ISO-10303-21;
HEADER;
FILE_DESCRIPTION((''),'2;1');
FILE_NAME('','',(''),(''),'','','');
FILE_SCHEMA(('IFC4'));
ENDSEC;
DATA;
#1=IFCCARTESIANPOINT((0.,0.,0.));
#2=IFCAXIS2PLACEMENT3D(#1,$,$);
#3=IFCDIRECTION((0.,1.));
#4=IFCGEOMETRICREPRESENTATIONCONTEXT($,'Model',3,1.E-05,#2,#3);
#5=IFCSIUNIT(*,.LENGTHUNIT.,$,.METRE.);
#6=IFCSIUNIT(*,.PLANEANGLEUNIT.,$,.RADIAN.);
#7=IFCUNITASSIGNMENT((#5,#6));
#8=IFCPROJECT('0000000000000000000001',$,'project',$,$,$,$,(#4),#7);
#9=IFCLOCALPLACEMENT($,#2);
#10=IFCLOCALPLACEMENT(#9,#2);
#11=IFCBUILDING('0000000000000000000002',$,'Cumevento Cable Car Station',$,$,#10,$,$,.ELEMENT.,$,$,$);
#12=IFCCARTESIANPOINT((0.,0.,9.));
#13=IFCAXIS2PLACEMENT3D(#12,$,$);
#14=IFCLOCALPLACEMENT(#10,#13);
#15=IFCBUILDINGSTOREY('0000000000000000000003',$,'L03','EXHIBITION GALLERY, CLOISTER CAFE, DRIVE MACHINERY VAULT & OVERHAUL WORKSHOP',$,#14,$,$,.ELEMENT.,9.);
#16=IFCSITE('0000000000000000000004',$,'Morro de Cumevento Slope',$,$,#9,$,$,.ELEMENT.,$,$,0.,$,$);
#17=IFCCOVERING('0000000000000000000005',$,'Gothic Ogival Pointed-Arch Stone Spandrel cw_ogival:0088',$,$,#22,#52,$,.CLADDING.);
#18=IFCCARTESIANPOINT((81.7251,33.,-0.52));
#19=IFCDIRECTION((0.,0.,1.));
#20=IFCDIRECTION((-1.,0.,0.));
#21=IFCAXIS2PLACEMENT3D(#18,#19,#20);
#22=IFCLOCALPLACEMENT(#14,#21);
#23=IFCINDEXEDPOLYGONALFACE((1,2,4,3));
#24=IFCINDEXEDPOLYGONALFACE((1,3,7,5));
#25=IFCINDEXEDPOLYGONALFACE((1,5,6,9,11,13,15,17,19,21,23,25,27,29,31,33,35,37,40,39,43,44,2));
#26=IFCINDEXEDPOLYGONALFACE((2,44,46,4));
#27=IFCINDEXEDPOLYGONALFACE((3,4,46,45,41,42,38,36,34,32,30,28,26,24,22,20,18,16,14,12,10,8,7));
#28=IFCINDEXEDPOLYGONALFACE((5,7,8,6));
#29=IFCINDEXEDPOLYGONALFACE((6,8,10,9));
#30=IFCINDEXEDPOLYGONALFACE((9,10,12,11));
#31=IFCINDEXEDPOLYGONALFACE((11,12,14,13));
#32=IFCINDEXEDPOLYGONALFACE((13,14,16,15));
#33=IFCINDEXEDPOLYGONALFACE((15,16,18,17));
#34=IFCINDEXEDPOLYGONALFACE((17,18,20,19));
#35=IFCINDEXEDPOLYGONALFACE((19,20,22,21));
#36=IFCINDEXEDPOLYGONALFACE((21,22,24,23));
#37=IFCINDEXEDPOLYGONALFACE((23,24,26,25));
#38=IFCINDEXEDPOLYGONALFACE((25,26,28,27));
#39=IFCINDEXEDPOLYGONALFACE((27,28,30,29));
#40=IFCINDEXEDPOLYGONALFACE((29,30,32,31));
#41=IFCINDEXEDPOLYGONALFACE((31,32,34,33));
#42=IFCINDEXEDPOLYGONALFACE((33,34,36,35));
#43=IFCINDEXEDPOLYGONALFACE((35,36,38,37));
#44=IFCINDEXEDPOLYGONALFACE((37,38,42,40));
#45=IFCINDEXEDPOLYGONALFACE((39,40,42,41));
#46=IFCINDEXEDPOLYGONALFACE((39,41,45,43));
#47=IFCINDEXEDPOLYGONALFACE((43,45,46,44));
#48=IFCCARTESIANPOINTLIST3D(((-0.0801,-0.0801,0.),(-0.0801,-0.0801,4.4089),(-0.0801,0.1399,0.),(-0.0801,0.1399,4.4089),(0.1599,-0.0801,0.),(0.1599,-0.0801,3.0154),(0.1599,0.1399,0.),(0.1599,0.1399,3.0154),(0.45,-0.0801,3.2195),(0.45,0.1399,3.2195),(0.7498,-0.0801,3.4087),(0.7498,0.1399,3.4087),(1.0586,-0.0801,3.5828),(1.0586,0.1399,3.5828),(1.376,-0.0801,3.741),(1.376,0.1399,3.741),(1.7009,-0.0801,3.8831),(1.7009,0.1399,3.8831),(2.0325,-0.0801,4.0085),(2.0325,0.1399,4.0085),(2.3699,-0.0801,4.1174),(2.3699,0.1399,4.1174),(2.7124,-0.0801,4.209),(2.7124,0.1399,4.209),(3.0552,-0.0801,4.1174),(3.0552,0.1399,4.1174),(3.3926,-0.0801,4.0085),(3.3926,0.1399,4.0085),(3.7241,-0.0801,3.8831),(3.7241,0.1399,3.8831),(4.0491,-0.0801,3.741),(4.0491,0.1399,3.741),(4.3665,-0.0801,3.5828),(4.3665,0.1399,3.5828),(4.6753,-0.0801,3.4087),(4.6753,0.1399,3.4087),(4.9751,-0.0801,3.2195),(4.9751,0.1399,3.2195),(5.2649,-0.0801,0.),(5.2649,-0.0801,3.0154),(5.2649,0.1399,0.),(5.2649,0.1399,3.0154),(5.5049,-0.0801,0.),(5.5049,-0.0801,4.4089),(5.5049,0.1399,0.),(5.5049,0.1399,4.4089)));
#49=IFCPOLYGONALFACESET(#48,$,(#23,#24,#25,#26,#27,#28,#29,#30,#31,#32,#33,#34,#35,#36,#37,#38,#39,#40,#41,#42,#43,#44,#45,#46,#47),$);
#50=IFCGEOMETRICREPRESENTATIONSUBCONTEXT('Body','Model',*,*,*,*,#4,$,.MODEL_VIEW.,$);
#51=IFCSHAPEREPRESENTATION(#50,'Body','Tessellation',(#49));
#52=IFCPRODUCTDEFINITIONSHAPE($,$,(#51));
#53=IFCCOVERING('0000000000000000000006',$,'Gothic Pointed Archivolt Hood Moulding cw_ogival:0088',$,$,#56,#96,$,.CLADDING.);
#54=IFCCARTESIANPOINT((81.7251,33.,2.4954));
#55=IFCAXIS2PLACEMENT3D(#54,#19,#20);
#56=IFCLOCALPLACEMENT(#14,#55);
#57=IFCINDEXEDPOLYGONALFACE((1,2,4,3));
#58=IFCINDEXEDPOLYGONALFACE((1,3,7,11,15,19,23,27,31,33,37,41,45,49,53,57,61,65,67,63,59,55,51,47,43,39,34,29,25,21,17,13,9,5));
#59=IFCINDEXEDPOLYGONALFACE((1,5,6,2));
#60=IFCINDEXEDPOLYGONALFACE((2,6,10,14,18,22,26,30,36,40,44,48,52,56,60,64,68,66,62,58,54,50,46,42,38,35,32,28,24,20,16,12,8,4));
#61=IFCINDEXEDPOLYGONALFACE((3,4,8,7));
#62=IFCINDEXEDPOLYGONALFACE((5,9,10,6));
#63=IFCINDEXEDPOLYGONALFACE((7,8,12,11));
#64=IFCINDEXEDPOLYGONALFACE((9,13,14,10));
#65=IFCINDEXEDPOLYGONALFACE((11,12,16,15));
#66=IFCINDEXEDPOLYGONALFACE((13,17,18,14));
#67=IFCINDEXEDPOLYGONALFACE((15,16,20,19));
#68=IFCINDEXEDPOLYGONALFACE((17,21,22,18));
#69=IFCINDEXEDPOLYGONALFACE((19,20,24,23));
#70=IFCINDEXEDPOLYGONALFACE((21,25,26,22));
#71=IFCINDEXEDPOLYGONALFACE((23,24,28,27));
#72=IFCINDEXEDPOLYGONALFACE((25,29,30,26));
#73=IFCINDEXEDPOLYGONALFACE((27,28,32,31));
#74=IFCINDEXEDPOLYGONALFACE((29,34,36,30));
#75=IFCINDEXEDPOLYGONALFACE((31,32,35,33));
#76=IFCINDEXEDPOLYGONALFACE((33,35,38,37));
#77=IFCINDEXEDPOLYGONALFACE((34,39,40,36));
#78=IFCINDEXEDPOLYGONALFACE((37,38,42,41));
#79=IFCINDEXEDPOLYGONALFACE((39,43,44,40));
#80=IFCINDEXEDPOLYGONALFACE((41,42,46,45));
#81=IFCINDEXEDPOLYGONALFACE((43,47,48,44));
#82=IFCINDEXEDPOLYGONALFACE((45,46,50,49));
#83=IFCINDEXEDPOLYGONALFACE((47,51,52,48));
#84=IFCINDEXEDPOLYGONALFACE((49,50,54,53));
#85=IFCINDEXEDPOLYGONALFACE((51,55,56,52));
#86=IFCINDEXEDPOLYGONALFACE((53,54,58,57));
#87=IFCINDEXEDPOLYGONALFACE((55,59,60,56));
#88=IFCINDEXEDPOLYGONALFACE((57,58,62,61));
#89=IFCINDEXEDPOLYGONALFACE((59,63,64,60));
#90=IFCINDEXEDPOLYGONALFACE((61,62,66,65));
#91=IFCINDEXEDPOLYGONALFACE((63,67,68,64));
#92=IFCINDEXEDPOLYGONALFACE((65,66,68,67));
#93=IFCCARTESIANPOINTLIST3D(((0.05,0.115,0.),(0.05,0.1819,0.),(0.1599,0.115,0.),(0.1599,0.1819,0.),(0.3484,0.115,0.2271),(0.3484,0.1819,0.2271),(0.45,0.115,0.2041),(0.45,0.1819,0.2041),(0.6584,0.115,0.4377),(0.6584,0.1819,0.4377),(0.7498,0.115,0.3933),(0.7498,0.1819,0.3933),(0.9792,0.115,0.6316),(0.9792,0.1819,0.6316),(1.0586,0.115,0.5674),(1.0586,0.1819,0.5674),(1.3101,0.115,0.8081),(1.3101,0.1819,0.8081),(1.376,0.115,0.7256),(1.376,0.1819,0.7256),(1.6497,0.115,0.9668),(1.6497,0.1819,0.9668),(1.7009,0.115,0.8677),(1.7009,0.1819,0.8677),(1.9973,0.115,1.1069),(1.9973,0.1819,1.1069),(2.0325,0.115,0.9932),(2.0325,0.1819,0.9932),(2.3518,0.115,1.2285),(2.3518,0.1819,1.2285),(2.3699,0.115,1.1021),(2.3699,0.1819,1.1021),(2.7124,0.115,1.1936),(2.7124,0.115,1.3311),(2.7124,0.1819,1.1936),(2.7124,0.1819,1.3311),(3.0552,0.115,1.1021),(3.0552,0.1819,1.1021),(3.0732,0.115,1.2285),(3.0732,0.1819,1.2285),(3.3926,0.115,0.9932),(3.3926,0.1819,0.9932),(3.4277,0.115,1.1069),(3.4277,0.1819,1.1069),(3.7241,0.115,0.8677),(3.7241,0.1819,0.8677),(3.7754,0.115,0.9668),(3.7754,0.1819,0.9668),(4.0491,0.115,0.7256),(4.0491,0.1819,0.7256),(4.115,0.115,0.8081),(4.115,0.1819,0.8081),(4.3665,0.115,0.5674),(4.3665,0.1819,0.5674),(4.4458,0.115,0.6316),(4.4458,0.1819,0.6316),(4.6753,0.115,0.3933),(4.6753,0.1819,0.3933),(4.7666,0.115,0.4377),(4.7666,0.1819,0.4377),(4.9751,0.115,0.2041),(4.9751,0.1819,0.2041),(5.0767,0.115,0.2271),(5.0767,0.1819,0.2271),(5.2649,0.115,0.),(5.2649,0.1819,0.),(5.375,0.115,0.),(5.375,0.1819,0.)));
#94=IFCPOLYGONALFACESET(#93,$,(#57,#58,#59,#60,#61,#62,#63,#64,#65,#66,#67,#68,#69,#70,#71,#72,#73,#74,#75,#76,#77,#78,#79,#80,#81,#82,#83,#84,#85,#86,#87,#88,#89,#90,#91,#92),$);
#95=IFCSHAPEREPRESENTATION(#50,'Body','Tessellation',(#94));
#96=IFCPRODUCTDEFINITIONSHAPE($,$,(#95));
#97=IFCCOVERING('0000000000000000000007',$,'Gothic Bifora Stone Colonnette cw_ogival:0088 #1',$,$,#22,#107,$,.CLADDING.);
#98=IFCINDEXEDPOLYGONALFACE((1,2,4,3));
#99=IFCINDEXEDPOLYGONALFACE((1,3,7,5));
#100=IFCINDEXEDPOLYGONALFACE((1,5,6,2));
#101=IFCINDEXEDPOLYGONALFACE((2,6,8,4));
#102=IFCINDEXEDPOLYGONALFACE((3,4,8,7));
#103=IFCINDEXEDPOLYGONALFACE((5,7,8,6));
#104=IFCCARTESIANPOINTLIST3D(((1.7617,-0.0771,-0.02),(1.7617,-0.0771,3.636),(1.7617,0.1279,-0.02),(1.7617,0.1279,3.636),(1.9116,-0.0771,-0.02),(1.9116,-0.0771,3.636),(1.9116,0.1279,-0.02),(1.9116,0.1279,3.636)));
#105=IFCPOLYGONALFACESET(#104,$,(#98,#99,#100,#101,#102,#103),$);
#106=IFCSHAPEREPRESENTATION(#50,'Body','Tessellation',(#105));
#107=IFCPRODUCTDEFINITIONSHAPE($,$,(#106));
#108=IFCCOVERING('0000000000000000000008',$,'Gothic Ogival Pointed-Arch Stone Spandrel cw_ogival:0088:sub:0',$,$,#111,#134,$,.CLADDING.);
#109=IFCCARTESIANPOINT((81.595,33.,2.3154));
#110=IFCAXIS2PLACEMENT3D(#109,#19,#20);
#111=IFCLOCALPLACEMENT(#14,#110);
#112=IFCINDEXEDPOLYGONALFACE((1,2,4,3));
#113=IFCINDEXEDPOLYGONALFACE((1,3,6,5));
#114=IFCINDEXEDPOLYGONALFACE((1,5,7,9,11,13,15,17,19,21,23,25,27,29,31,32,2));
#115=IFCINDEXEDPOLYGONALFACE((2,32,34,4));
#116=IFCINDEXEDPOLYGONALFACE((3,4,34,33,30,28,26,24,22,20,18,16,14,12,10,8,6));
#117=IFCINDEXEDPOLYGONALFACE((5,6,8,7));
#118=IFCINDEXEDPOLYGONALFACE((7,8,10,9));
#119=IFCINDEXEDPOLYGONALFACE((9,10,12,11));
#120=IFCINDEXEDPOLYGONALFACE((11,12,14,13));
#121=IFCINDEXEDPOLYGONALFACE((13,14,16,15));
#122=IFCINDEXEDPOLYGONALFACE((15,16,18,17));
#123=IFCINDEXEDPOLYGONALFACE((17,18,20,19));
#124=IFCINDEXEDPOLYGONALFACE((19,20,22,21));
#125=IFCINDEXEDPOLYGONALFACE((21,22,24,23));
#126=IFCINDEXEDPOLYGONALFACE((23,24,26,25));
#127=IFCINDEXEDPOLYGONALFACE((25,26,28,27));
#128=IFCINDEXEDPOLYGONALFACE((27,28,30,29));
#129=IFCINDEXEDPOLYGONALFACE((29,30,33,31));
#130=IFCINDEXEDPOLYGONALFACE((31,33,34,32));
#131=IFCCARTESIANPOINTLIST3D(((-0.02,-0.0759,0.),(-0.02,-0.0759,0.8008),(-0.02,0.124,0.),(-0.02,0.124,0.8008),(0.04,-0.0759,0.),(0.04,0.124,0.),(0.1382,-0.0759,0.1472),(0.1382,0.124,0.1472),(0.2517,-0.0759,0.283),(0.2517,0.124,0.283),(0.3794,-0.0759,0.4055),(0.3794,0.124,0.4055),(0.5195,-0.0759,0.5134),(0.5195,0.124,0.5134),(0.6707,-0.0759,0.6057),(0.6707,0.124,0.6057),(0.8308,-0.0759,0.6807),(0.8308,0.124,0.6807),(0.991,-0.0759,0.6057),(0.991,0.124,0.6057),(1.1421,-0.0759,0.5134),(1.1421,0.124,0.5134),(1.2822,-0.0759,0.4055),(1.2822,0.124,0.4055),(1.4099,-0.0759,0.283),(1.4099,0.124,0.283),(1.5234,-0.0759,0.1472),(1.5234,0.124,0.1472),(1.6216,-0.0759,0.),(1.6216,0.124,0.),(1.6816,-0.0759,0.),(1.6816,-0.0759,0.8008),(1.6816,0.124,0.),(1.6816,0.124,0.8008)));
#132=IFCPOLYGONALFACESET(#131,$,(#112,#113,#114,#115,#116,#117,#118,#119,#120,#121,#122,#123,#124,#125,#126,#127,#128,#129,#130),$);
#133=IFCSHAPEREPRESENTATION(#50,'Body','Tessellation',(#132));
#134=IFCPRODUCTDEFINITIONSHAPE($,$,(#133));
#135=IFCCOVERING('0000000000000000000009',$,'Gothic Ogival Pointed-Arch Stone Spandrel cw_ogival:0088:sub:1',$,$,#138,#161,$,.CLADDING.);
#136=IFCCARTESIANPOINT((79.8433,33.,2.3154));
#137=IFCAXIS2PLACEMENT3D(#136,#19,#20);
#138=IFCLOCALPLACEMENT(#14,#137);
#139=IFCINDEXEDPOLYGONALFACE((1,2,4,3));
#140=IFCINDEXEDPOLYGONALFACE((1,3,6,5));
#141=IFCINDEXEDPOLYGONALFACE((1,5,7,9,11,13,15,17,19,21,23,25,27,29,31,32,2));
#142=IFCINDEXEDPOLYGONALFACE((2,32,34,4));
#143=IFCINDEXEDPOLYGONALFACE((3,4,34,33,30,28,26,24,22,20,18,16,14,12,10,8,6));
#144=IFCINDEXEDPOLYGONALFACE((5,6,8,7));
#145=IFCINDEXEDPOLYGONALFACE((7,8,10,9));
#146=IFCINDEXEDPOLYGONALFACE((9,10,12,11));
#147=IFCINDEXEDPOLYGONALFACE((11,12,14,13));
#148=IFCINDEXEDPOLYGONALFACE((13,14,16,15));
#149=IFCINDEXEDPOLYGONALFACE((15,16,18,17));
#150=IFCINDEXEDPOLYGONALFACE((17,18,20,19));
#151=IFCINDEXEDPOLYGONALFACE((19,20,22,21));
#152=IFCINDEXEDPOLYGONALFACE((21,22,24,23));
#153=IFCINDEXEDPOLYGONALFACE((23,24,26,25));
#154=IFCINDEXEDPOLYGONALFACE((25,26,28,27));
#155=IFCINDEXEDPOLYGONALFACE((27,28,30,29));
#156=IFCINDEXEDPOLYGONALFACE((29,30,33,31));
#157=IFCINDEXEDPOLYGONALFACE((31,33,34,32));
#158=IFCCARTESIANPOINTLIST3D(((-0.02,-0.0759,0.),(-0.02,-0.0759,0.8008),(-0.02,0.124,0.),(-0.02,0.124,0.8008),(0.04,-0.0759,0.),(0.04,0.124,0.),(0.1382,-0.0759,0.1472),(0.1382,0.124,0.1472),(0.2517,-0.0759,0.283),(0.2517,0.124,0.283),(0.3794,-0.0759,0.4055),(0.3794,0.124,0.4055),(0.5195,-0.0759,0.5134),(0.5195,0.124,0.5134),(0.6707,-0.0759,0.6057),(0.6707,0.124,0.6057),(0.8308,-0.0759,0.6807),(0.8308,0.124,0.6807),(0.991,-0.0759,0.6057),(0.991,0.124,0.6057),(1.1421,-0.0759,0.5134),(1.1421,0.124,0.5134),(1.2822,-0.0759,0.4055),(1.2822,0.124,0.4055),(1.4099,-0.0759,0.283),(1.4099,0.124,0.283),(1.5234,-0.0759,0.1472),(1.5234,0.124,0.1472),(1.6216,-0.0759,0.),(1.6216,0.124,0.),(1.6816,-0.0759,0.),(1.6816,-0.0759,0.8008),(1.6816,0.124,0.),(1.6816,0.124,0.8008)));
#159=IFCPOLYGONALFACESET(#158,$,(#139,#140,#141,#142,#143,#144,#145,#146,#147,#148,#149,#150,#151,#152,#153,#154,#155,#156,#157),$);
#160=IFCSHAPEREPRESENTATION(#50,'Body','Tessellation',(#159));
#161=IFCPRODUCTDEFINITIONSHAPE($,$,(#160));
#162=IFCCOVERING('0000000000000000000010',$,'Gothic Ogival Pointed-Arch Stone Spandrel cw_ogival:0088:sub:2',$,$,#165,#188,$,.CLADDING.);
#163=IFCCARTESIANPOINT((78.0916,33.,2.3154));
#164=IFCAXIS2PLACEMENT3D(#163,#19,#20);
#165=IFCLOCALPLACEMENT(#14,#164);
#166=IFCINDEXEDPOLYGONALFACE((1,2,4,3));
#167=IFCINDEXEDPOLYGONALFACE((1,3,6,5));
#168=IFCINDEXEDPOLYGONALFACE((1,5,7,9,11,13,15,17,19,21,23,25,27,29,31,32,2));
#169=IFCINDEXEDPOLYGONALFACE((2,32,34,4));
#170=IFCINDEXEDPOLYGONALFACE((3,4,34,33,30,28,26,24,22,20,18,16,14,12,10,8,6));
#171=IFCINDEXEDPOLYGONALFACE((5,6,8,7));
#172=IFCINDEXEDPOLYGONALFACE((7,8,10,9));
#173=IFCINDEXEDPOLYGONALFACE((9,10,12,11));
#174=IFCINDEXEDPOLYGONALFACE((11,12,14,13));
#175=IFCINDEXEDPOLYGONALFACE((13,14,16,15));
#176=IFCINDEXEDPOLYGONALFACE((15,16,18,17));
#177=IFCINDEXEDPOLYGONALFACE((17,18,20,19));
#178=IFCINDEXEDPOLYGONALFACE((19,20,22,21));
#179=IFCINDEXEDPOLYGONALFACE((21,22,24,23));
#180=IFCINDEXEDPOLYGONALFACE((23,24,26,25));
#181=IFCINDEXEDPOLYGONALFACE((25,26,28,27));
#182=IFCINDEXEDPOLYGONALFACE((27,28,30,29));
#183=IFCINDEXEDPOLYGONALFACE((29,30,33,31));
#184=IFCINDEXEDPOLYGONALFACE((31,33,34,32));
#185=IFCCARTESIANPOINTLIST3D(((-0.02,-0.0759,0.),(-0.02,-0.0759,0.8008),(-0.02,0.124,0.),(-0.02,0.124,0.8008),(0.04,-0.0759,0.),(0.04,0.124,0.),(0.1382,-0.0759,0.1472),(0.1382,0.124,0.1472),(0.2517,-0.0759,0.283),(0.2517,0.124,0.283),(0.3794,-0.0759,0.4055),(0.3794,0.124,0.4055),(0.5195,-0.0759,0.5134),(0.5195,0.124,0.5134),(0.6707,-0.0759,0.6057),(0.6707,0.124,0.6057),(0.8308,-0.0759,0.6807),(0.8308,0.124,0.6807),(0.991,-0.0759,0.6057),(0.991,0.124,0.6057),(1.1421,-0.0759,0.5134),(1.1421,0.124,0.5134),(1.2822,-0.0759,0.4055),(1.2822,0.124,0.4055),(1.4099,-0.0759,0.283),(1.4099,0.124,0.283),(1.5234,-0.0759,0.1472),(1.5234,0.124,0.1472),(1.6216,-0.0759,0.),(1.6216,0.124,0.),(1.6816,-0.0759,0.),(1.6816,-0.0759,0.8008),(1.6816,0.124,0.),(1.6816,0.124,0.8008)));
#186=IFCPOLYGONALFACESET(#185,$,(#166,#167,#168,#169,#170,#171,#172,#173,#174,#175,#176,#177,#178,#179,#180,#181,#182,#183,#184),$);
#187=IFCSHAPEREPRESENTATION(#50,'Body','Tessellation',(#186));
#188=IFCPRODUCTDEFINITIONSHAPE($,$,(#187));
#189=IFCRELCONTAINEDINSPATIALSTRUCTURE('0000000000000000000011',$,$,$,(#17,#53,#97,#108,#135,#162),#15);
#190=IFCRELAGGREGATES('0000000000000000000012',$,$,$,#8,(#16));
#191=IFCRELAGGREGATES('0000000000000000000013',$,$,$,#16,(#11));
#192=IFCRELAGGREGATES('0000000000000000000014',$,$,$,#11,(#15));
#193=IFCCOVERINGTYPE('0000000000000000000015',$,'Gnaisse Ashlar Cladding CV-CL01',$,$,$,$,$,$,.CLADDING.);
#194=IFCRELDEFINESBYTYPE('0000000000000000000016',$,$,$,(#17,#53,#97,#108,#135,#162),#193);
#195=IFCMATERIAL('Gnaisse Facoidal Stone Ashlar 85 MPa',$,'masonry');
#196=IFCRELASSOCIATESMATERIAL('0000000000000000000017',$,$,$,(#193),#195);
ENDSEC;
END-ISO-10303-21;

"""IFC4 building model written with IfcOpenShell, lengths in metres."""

from ifc_helpers import new_model, si_unit, direction, frame, origin, place, context, subcontext, project, spatial, polyline, outline, extrude, material, type_object, element, save


model = new_model("IFC4")

# Units and contexts
model_context = context("Model", 3, precision=1e-05, world=origin(), true_north=direction((0.0, 1.0)))
body_context = subcontext(model_context, "Body", "Model", "MODEL_VIEW")
ifc_project = project(units=[si_unit("LENGTHUNIT", "METRE"), si_unit("PLANEANGLEUNIT", "RADIAN")], contexts=[model_context])

# Site, building, storey
site_placement = place(None, origin())
site = spatial("IfcSite", under=ifc_project, at=site_placement, Name="Morro de Cumevento Slope", CompositionType="ELEMENT", RefElevation=0.0)
building_placement = place(site_placement, origin())
building = spatial("IfcBuilding", under=site, at=building_placement, Name="Cumevento Cable Car Station", CompositionType="ELEMENT")
storey_placement = place(building_placement, frame((0.0, 0.0, 9.0)))
storey = spatial("IfcBuildingStorey", under=building, at=storey_placement, Name="L03", Description="EXHIBITION GALLERY, CLOISTER CAFE, DRIVE MACHINERY VAULT & OVERHAUL WORKSHOP", CompositionType="ELEMENT", Elevation=9.0)

# Coverings
ifc_material_1 = material(Name="Gnaisse Facoidal Stone Ashlar 85 MPa", Category="masonry")
covering_type = type_object("IfcCoveringType", Name="Gnaisse Ashlar Cladding CV-CL01", PredefinedType="CLADDING", material=ifc_material_1)
placement = place(storey_placement, frame((81.7251, 33.0, -0.52), z_axis=(0.0, 0.0, 1.0), x_axis=(-1.0, 0.0, 0.0)))
element("IfcCovering", 1, at=placement, inside=storey, type_object=covering_type, Name="Gothic Ogival Pointed-Arch Stone Spandrel cw_ogival:0088", PredefinedType="CLADDING", context=body_context, shape_type="SweptSolid", body=[
    extrude(outline(polyline([(-0.0801, 0.0), (-0.0801, 4.4089), (5.5049, 4.4089), (5.5049, 0.0), (5.2649, 0.0), (5.2649, 3.0154), (4.9751, 3.2195), (4.6753, 3.4087), (4.3665, 3.5828), (4.0491, 3.741), (3.7241, 3.8831), (3.3926, 4.0085), (3.0552, 4.1174), (2.7124, 4.209), (2.3699, 4.1174), (2.0325, 4.0085), (1.7009, 3.8831), (1.376, 3.741), (1.0586, 3.5828), (0.7498, 3.4087), (0.45, 3.2195), (0.1599, 3.0154), (0.1599, 0.0), (-0.0801, 0.0)])), frame((0.0, 0.1399, 0.0), z_axis=(0.0, -1.0, 0.0), x_axis=(1.0, 0.0, 0.0)), (0.0, 0.0, 1.0), 0.22),
])
covering_1_placement = place(storey_placement, frame((81.7251, 33.0, 2.4954), z_axis=(0.0, 0.0, 1.0), x_axis=(-1.0, 0.0, 0.0)))
element("IfcCovering", 2, at=covering_1_placement, inside=storey, type_object=covering_type, Name="Gothic Pointed Archivolt Hood Moulding cw_ogival:0088", PredefinedType="CLADDING", context=body_context, shape_type="SweptSolid", body=[
    extrude(outline(polyline([(0.1599, 0.0), (0.45, 0.2041), (0.7498, 0.3933), (1.0586, 0.5674), (1.376, 0.7256), (1.7009, 0.8677), (2.0325, 0.9932), (2.3699, 1.1021), (2.7124, 1.1936), (3.0552, 1.1021), (3.3926, 0.9932), (3.7241, 0.8677), (4.0491, 0.7256), (4.3665, 0.5674), (4.6753, 0.3933), (4.9751, 0.2041), (5.2649, 0.0), (5.375, 0.0), (5.0767, 0.2271), (4.7666, 0.4377), (4.4458, 0.6316), (4.115, 0.8081), (3.7754, 0.9668), (3.4277, 1.1069), (3.0732, 1.2285), (2.7124, 1.3311), (2.3518, 1.2285), (1.9973, 1.1069), (1.6497, 0.9668), (1.3101, 0.8081), (0.9792, 0.6316), (0.6584, 0.4377), (0.3484, 0.2271), (0.05, 0.0), (0.1599, 0.0)])), frame((0.0, 0.1819, 0.0), z_axis=(0.0, -1.0, 0.0), x_axis=(1.0, 0.0, 0.0)), (0.0, 0.0, 1.0), 0.0669),
])
element("IfcCovering", 3, at=placement, inside=storey, type_object=covering_type, Name="Gothic Bifora Stone Colonnette cw_ogival:0088 #1", PredefinedType="CLADDING", context=body_context, shape_type="SweptSolid", body=[
    extrude(outline(polyline([(1.7617, -0.02), (1.9116, -0.02), (1.9116, 3.636), (1.7617, 3.636), (1.7617, -0.02)])), frame((0.0, 0.1279, 0.0), z_axis=(0.0, -1.0, 0.0), x_axis=(1.0, 0.0, 0.0)), (0.0, 0.0, 1.0), 0.2051),
])
for number, where, z_axis, x_axis, name in (
    (4, (81.595, 33.0, 2.3154), (0.0, 0.0, 1.0), (-1.0, 0.0, 0.0), "Gothic Ogival Pointed-Arch Stone Spandrel cw_ogival:0088:sub:0"),
    (5, (79.8433, 33.0, 2.3154), (0.0, 0.0, 1.0), (-1.0, 0.0, 0.0), "Gothic Ogival Pointed-Arch Stone Spandrel cw_ogival:0088:sub:1"),
    (6, (78.0916, 33.0, 2.3154), (0.0, 0.0, 1.0), (-1.0, 0.0, 0.0), "Gothic Ogival Pointed-Arch Stone Spandrel cw_ogival:0088:sub:2"),
):
    element("IfcCovering", number, at=place(storey_placement, frame(where, z_axis=z_axis, x_axis=x_axis)), inside=storey, type_object=covering_type, Name=name, PredefinedType="CLADDING", context=body_context, shape_type="SweptSolid", body=[
        extrude(outline(polyline([(-0.02, 0.0), (-0.02, 0.8008), (1.6816, 0.8008), (1.6816, 0.0), (1.6216, 0.0), (1.5234, 0.1472), (1.4099, 0.283), (1.2822, 0.4055), (1.1421, 0.5134), (0.991, 0.6057), (0.8308, 0.6807), (0.6707, 0.6057), (0.5195, 0.5134), (0.3794, 0.4055), (0.2517, 0.283), (0.1382, 0.1472), (0.04, 0.0), (-0.02, 0.0)])), frame((0.0, 0.124, 0.0), z_axis=(0.0, -1.0, 0.0), x_axis=(1.0, 0.0, 0.0)), (0.0, 0.0, 1.0), 0.2),
    ])

save(model, "model.ifc")
